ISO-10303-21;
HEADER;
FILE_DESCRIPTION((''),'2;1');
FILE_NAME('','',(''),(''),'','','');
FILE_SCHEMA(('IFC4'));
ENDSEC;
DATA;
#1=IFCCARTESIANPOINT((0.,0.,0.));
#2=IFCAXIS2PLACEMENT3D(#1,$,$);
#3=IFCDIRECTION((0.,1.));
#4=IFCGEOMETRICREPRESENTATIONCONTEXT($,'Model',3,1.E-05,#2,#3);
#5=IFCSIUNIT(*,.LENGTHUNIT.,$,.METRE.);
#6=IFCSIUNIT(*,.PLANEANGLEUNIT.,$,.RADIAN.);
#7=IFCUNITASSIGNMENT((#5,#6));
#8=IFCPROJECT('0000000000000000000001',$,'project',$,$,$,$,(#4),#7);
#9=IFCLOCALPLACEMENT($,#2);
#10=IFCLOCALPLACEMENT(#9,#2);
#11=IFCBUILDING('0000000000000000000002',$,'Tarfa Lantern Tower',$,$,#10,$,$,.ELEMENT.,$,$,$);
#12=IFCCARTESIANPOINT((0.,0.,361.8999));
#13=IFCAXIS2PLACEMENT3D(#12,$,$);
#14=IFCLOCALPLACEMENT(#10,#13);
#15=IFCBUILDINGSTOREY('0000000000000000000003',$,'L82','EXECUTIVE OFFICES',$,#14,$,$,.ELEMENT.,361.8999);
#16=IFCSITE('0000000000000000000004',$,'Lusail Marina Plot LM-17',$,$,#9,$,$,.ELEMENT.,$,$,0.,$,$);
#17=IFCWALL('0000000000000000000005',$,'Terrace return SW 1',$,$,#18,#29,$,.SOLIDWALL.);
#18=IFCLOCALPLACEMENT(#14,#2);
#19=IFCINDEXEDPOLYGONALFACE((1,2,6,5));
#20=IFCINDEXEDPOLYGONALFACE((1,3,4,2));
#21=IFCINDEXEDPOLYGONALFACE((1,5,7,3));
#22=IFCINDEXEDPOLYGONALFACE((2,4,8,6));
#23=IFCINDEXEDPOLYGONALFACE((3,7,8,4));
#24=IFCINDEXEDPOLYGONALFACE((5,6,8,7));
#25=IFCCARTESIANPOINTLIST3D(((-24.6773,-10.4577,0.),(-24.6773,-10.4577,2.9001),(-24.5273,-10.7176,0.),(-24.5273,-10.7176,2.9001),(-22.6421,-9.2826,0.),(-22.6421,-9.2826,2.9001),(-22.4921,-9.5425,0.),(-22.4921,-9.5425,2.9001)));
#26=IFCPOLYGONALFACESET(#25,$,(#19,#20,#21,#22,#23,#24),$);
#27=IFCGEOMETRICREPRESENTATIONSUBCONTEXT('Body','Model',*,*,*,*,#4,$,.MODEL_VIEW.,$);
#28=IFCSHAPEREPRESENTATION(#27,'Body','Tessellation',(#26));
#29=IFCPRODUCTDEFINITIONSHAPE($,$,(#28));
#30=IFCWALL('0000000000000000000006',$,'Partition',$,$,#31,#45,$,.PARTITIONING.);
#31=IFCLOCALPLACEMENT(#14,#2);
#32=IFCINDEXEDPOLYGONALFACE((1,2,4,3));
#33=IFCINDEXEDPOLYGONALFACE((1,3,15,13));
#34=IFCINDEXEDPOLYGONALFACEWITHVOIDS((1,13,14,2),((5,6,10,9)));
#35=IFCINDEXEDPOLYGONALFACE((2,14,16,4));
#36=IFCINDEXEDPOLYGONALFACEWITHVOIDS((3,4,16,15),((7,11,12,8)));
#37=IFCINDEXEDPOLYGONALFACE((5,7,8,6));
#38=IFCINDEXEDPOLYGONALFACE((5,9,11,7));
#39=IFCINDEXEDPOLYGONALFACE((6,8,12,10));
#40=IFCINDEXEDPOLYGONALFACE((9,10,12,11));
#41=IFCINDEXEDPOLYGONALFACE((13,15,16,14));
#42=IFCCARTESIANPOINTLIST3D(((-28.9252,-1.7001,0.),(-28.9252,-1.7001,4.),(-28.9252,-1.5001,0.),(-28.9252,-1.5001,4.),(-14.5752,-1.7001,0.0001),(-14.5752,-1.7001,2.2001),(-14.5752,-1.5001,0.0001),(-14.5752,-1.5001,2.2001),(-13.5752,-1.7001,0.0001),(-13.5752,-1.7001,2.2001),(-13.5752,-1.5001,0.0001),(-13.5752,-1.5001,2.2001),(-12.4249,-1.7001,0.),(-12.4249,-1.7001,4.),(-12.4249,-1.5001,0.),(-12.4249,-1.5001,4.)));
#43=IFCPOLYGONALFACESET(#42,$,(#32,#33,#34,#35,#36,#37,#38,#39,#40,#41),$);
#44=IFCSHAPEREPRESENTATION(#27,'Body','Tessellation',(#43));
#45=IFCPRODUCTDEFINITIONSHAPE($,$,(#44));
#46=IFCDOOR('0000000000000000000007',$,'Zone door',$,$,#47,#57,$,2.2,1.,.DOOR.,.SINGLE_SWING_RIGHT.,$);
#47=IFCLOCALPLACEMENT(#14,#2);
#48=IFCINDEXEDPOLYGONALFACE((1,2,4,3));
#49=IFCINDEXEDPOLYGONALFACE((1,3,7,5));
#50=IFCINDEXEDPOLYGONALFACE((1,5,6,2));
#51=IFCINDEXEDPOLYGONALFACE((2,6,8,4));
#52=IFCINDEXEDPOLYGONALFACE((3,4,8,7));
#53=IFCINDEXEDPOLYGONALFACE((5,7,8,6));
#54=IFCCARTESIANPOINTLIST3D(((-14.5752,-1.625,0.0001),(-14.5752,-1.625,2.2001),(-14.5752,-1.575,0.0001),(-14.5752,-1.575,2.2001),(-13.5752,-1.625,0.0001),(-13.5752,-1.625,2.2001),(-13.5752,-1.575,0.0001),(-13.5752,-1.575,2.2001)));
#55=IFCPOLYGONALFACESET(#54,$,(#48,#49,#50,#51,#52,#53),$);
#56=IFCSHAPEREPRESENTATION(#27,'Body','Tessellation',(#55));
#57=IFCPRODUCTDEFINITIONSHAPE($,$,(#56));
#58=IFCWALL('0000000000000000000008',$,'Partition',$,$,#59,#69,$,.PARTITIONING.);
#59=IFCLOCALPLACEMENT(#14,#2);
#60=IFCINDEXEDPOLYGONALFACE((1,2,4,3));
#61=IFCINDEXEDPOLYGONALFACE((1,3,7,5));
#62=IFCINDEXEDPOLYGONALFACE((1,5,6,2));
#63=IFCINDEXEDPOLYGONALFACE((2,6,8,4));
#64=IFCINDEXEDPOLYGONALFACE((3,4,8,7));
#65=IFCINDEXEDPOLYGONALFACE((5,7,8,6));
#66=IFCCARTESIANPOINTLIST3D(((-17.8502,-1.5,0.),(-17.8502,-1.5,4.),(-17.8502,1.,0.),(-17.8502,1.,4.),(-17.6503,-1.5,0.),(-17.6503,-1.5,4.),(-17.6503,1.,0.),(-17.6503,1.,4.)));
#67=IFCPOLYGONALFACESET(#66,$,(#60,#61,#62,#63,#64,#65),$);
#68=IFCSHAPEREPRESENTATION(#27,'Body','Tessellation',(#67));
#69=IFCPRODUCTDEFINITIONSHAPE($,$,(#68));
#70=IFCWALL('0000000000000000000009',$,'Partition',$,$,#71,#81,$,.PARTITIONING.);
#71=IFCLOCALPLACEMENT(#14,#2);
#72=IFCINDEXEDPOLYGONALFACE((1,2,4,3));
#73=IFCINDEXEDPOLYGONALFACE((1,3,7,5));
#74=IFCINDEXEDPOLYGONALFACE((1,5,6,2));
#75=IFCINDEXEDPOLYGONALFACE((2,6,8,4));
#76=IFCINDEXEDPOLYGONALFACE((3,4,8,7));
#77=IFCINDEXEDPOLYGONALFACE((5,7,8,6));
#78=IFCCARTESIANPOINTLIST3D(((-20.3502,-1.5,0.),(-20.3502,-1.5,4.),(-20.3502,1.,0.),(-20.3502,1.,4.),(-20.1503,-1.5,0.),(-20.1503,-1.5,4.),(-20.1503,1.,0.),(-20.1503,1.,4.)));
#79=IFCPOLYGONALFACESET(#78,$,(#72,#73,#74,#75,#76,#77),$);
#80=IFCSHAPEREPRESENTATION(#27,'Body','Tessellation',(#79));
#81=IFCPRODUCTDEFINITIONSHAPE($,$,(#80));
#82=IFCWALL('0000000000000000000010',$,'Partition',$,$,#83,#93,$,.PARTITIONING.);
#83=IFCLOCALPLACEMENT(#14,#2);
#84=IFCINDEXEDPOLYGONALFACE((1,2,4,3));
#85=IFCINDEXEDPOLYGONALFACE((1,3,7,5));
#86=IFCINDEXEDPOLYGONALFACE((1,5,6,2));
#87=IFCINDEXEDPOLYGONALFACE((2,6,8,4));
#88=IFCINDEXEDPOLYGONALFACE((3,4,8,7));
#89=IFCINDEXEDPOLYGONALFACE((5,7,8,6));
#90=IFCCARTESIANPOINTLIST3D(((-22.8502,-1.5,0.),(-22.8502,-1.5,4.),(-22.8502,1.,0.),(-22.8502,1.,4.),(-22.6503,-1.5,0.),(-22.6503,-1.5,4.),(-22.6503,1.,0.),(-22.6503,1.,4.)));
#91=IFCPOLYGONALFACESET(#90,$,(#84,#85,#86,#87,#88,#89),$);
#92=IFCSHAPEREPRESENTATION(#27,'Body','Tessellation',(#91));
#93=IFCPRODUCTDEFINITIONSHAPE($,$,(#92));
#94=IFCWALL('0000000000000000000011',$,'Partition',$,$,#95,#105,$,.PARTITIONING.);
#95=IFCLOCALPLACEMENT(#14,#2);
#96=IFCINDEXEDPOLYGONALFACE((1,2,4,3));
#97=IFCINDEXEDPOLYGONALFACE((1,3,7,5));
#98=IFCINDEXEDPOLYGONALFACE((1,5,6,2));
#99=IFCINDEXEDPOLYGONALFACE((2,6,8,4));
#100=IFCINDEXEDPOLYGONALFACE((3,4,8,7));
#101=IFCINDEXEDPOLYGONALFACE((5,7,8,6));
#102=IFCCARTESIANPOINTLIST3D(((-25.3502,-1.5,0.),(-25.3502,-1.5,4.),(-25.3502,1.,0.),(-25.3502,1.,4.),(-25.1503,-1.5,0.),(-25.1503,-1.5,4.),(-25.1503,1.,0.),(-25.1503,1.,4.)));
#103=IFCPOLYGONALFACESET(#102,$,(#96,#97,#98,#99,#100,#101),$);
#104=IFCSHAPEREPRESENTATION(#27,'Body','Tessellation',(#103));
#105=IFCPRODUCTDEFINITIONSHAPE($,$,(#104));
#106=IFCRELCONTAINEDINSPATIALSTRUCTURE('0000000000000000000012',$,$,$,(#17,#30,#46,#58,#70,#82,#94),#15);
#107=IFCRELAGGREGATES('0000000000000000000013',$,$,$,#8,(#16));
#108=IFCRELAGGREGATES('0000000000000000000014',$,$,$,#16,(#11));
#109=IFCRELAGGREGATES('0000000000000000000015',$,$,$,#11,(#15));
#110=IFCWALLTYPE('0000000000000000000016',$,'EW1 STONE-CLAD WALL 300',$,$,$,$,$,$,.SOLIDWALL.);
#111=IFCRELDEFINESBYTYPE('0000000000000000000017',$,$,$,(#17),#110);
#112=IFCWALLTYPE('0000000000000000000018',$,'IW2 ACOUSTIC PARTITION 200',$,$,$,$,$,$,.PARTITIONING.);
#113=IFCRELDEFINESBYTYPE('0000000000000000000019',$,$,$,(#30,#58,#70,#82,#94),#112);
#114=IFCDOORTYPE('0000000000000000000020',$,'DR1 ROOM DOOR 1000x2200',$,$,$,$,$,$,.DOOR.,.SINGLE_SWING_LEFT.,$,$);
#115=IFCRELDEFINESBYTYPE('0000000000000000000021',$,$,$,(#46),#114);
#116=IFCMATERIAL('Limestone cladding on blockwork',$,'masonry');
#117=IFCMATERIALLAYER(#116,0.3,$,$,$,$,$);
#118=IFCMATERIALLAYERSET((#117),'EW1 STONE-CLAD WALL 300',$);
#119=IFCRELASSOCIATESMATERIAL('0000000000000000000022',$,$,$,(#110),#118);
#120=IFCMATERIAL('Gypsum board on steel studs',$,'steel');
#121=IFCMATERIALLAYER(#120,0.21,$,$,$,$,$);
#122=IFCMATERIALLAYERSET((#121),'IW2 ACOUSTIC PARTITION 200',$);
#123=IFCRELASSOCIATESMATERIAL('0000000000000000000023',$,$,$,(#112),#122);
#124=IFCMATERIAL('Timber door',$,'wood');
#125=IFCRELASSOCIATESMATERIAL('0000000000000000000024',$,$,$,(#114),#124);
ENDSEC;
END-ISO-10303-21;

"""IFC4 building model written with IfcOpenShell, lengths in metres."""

from ifc_helpers import new_model, si_unit, direction, frame, frame_2d, origin, place, context, subcontext, project, spatial, rectangle, extrude, material, layer, layer_set, type_object, element, fill, save


model = new_model("IFC4")

# Units and contexts
model_context = context("Model", 3, precision=1e-05, world=origin(), true_north=direction((0.0, 1.0)))
body_context = subcontext(model_context, "Body", "Model", "MODEL_VIEW")
ifc_project = project(units=[si_unit("LENGTHUNIT", "METRE"), si_unit("PLANEANGLEUNIT", "RADIAN")], contexts=[model_context])

# Site, building, storey
site_placement = place(None, origin())
site = spatial("IfcSite", under=ifc_project, at=site_placement, Name="Lusail Marina Plot LM-17", CompositionType="ELEMENT", RefElevation=0.0)
building_placement = place(site_placement, origin())
building = spatial("IfcBuilding", under=site, at=building_placement, Name="Tarfa Lantern Tower", CompositionType="ELEMENT")
storey_placement = place(building_placement, frame((0.0, 0.0, 361.8999)))
storey = spatial("IfcBuildingStorey", under=building, at=storey_placement, Name="L82", Description="EXECUTIVE OFFICES", CompositionType="ELEMENT", Elevation=361.8999)

# Shared definitions
ifc_material_1 = material(Name="Limestone cladding on blockwork", Category="masonry")
ifc_layer_1 = layer(ifc_material_1, 0.3)
ifc_layer_set_1 = layer_set([ifc_layer_1], Name="EW1 STONE-CLAD WALL 300")
wall_type_1 = type_object("IfcWallType", Name="EW1 STONE-CLAD WALL 300", PredefinedType="SOLIDWALL", material=ifc_layer_set_1)

# Wall
wall_1_placement = place(storey_placement, frame((-24.6023, -10.5876, 0.0), z_axis=(0.0, 0.0, 1.0), x_axis=(0.866016, 0.500016, 0.0)))
element("IfcWall", 1, at=wall_1_placement, inside=storey, type_object=wall_type_1, Name="Terrace return SW 1", PredefinedType="SOLIDWALL", context=body_context, shape_type="SweptSolid", body=[
    extrude(rectangle(XDim=2.3501, YDim=0.3, at=frame_2d((1.175, 0.0))), origin(), (0.0, 0.0, 1.0), 2.9001),
])

# Wall, opening, door
ifc_material_2 = material(Name="Gypsum board on steel studs", Category="steel")
ifc_layer_2 = layer(ifc_material_2, 0.21)
ifc_layer_set_2 = layer_set([ifc_layer_2], Name="IW2 ACOUSTIC PARTITION 200")
wall_type_2 = type_object("IfcWallType", Name="IW2 ACOUSTIC PARTITION 200", PredefinedType="PARTITIONING", material=ifc_layer_set_2)
wall_2_placement = place(storey_placement, frame((-12.425, -1.6001, 0.0), z_axis=(0.0, 0.0, 1.0), x_axis=(-1.0, 0.0, 0.0)))
wall_2 = element("IfcWall", 2, at=wall_2_placement, inside=storey, type_object=wall_type_2, Name="Partition", PredefinedType="PARTITIONING", context=body_context, shape_type="SweptSolid", body=[
    extrude(rectangle(XDim=16.5002, YDim=0.2, at=frame_2d((8.25, 0.0))), origin(), (0.0, 0.0, 1.0), 4.0),
])
opening_1_placement = place(wall_2_placement, frame((1.1501, 0.0, 0.0)))
opening_1 = element("IfcOpeningElement", 3, at=opening_1_placement, cuts=wall_2, PredefinedType="OPENING", context=body_context, shape_type="SweptSolid", body=[
    extrude(rectangle(XDim=1.0, YDim=2.2, at=frame_2d((0.5, 1.1001))), frame((0.0, 0.1099, 0.0), z_axis=(0.0, -1.0, 0.0), x_axis=(1.0, 0.0, 0.0)), (0.0, 0.0, 1.0), 0.22),
])
ifc_material_3 = material(Name="Timber door", Category="wood")
door_type_1 = type_object("IfcDoorType", Name="DR1 ROOM DOOR 1000x2200", OperationType="SINGLE_SWING_LEFT", PredefinedType="DOOR", material=ifc_material_3)
door_1_placement = place(opening_1_placement, origin())
door_1 = element("IfcDoor", 4, at=door_1_placement, inside=storey, type_object=door_type_1, Name="Zone door", OperationType="SINGLE_SWING_RIGHT", OverallHeight=2.2, OverallWidth=1.0, PredefinedType="DOOR", context=body_context, shape_type="SweptSolid", body=[
    extrude(rectangle(XDim=1.0, YDim=2.2, at=frame_2d((0.5, 1.1001))), frame((0.0, 0.0249, 0.0), z_axis=(0.0, -1.0, 0.0), x_axis=(1.0, 0.0, 0.0)), (0.0, 0.0, 1.0), 0.05),
])
fill(opening_1, door_1)

# Walls
for number, where, z_axis, x_axis, name in (
    (5, (-17.7502, -1.5, 0.0), (0.0, 0.0, 1.0), (0.0, 1.0, 0.0), "Partition"),
    (6, (-20.2502, -1.5, 0.0), (0.0, 0.0, 1.0), (0.0, 1.0, 0.0), "Partition"),
    (7, (-22.7502, -1.5, 0.0), (0.0, 0.0, 1.0), (0.0, 1.0, 0.0), "Partition"),
    (8, (-25.2502, -1.5, 0.0), (0.0, 0.0, 1.0), (0.0, 1.0, 0.0), "Partition"),
):
    element("IfcWall", number, at=place(storey_placement, frame(where, z_axis=z_axis, x_axis=x_axis)), inside=storey, type_object=wall_type_2, Name=name, PredefinedType="PARTITIONING", context=body_context, shape_type="SweptSolid", body=[
        extrude(rectangle(XDim=2.5, YDim=0.2, at=frame_2d((1.25, 0.0))), origin(), (0.0, 0.0, 1.0), 4.0),
    ])

save(model, "model.ifc")
